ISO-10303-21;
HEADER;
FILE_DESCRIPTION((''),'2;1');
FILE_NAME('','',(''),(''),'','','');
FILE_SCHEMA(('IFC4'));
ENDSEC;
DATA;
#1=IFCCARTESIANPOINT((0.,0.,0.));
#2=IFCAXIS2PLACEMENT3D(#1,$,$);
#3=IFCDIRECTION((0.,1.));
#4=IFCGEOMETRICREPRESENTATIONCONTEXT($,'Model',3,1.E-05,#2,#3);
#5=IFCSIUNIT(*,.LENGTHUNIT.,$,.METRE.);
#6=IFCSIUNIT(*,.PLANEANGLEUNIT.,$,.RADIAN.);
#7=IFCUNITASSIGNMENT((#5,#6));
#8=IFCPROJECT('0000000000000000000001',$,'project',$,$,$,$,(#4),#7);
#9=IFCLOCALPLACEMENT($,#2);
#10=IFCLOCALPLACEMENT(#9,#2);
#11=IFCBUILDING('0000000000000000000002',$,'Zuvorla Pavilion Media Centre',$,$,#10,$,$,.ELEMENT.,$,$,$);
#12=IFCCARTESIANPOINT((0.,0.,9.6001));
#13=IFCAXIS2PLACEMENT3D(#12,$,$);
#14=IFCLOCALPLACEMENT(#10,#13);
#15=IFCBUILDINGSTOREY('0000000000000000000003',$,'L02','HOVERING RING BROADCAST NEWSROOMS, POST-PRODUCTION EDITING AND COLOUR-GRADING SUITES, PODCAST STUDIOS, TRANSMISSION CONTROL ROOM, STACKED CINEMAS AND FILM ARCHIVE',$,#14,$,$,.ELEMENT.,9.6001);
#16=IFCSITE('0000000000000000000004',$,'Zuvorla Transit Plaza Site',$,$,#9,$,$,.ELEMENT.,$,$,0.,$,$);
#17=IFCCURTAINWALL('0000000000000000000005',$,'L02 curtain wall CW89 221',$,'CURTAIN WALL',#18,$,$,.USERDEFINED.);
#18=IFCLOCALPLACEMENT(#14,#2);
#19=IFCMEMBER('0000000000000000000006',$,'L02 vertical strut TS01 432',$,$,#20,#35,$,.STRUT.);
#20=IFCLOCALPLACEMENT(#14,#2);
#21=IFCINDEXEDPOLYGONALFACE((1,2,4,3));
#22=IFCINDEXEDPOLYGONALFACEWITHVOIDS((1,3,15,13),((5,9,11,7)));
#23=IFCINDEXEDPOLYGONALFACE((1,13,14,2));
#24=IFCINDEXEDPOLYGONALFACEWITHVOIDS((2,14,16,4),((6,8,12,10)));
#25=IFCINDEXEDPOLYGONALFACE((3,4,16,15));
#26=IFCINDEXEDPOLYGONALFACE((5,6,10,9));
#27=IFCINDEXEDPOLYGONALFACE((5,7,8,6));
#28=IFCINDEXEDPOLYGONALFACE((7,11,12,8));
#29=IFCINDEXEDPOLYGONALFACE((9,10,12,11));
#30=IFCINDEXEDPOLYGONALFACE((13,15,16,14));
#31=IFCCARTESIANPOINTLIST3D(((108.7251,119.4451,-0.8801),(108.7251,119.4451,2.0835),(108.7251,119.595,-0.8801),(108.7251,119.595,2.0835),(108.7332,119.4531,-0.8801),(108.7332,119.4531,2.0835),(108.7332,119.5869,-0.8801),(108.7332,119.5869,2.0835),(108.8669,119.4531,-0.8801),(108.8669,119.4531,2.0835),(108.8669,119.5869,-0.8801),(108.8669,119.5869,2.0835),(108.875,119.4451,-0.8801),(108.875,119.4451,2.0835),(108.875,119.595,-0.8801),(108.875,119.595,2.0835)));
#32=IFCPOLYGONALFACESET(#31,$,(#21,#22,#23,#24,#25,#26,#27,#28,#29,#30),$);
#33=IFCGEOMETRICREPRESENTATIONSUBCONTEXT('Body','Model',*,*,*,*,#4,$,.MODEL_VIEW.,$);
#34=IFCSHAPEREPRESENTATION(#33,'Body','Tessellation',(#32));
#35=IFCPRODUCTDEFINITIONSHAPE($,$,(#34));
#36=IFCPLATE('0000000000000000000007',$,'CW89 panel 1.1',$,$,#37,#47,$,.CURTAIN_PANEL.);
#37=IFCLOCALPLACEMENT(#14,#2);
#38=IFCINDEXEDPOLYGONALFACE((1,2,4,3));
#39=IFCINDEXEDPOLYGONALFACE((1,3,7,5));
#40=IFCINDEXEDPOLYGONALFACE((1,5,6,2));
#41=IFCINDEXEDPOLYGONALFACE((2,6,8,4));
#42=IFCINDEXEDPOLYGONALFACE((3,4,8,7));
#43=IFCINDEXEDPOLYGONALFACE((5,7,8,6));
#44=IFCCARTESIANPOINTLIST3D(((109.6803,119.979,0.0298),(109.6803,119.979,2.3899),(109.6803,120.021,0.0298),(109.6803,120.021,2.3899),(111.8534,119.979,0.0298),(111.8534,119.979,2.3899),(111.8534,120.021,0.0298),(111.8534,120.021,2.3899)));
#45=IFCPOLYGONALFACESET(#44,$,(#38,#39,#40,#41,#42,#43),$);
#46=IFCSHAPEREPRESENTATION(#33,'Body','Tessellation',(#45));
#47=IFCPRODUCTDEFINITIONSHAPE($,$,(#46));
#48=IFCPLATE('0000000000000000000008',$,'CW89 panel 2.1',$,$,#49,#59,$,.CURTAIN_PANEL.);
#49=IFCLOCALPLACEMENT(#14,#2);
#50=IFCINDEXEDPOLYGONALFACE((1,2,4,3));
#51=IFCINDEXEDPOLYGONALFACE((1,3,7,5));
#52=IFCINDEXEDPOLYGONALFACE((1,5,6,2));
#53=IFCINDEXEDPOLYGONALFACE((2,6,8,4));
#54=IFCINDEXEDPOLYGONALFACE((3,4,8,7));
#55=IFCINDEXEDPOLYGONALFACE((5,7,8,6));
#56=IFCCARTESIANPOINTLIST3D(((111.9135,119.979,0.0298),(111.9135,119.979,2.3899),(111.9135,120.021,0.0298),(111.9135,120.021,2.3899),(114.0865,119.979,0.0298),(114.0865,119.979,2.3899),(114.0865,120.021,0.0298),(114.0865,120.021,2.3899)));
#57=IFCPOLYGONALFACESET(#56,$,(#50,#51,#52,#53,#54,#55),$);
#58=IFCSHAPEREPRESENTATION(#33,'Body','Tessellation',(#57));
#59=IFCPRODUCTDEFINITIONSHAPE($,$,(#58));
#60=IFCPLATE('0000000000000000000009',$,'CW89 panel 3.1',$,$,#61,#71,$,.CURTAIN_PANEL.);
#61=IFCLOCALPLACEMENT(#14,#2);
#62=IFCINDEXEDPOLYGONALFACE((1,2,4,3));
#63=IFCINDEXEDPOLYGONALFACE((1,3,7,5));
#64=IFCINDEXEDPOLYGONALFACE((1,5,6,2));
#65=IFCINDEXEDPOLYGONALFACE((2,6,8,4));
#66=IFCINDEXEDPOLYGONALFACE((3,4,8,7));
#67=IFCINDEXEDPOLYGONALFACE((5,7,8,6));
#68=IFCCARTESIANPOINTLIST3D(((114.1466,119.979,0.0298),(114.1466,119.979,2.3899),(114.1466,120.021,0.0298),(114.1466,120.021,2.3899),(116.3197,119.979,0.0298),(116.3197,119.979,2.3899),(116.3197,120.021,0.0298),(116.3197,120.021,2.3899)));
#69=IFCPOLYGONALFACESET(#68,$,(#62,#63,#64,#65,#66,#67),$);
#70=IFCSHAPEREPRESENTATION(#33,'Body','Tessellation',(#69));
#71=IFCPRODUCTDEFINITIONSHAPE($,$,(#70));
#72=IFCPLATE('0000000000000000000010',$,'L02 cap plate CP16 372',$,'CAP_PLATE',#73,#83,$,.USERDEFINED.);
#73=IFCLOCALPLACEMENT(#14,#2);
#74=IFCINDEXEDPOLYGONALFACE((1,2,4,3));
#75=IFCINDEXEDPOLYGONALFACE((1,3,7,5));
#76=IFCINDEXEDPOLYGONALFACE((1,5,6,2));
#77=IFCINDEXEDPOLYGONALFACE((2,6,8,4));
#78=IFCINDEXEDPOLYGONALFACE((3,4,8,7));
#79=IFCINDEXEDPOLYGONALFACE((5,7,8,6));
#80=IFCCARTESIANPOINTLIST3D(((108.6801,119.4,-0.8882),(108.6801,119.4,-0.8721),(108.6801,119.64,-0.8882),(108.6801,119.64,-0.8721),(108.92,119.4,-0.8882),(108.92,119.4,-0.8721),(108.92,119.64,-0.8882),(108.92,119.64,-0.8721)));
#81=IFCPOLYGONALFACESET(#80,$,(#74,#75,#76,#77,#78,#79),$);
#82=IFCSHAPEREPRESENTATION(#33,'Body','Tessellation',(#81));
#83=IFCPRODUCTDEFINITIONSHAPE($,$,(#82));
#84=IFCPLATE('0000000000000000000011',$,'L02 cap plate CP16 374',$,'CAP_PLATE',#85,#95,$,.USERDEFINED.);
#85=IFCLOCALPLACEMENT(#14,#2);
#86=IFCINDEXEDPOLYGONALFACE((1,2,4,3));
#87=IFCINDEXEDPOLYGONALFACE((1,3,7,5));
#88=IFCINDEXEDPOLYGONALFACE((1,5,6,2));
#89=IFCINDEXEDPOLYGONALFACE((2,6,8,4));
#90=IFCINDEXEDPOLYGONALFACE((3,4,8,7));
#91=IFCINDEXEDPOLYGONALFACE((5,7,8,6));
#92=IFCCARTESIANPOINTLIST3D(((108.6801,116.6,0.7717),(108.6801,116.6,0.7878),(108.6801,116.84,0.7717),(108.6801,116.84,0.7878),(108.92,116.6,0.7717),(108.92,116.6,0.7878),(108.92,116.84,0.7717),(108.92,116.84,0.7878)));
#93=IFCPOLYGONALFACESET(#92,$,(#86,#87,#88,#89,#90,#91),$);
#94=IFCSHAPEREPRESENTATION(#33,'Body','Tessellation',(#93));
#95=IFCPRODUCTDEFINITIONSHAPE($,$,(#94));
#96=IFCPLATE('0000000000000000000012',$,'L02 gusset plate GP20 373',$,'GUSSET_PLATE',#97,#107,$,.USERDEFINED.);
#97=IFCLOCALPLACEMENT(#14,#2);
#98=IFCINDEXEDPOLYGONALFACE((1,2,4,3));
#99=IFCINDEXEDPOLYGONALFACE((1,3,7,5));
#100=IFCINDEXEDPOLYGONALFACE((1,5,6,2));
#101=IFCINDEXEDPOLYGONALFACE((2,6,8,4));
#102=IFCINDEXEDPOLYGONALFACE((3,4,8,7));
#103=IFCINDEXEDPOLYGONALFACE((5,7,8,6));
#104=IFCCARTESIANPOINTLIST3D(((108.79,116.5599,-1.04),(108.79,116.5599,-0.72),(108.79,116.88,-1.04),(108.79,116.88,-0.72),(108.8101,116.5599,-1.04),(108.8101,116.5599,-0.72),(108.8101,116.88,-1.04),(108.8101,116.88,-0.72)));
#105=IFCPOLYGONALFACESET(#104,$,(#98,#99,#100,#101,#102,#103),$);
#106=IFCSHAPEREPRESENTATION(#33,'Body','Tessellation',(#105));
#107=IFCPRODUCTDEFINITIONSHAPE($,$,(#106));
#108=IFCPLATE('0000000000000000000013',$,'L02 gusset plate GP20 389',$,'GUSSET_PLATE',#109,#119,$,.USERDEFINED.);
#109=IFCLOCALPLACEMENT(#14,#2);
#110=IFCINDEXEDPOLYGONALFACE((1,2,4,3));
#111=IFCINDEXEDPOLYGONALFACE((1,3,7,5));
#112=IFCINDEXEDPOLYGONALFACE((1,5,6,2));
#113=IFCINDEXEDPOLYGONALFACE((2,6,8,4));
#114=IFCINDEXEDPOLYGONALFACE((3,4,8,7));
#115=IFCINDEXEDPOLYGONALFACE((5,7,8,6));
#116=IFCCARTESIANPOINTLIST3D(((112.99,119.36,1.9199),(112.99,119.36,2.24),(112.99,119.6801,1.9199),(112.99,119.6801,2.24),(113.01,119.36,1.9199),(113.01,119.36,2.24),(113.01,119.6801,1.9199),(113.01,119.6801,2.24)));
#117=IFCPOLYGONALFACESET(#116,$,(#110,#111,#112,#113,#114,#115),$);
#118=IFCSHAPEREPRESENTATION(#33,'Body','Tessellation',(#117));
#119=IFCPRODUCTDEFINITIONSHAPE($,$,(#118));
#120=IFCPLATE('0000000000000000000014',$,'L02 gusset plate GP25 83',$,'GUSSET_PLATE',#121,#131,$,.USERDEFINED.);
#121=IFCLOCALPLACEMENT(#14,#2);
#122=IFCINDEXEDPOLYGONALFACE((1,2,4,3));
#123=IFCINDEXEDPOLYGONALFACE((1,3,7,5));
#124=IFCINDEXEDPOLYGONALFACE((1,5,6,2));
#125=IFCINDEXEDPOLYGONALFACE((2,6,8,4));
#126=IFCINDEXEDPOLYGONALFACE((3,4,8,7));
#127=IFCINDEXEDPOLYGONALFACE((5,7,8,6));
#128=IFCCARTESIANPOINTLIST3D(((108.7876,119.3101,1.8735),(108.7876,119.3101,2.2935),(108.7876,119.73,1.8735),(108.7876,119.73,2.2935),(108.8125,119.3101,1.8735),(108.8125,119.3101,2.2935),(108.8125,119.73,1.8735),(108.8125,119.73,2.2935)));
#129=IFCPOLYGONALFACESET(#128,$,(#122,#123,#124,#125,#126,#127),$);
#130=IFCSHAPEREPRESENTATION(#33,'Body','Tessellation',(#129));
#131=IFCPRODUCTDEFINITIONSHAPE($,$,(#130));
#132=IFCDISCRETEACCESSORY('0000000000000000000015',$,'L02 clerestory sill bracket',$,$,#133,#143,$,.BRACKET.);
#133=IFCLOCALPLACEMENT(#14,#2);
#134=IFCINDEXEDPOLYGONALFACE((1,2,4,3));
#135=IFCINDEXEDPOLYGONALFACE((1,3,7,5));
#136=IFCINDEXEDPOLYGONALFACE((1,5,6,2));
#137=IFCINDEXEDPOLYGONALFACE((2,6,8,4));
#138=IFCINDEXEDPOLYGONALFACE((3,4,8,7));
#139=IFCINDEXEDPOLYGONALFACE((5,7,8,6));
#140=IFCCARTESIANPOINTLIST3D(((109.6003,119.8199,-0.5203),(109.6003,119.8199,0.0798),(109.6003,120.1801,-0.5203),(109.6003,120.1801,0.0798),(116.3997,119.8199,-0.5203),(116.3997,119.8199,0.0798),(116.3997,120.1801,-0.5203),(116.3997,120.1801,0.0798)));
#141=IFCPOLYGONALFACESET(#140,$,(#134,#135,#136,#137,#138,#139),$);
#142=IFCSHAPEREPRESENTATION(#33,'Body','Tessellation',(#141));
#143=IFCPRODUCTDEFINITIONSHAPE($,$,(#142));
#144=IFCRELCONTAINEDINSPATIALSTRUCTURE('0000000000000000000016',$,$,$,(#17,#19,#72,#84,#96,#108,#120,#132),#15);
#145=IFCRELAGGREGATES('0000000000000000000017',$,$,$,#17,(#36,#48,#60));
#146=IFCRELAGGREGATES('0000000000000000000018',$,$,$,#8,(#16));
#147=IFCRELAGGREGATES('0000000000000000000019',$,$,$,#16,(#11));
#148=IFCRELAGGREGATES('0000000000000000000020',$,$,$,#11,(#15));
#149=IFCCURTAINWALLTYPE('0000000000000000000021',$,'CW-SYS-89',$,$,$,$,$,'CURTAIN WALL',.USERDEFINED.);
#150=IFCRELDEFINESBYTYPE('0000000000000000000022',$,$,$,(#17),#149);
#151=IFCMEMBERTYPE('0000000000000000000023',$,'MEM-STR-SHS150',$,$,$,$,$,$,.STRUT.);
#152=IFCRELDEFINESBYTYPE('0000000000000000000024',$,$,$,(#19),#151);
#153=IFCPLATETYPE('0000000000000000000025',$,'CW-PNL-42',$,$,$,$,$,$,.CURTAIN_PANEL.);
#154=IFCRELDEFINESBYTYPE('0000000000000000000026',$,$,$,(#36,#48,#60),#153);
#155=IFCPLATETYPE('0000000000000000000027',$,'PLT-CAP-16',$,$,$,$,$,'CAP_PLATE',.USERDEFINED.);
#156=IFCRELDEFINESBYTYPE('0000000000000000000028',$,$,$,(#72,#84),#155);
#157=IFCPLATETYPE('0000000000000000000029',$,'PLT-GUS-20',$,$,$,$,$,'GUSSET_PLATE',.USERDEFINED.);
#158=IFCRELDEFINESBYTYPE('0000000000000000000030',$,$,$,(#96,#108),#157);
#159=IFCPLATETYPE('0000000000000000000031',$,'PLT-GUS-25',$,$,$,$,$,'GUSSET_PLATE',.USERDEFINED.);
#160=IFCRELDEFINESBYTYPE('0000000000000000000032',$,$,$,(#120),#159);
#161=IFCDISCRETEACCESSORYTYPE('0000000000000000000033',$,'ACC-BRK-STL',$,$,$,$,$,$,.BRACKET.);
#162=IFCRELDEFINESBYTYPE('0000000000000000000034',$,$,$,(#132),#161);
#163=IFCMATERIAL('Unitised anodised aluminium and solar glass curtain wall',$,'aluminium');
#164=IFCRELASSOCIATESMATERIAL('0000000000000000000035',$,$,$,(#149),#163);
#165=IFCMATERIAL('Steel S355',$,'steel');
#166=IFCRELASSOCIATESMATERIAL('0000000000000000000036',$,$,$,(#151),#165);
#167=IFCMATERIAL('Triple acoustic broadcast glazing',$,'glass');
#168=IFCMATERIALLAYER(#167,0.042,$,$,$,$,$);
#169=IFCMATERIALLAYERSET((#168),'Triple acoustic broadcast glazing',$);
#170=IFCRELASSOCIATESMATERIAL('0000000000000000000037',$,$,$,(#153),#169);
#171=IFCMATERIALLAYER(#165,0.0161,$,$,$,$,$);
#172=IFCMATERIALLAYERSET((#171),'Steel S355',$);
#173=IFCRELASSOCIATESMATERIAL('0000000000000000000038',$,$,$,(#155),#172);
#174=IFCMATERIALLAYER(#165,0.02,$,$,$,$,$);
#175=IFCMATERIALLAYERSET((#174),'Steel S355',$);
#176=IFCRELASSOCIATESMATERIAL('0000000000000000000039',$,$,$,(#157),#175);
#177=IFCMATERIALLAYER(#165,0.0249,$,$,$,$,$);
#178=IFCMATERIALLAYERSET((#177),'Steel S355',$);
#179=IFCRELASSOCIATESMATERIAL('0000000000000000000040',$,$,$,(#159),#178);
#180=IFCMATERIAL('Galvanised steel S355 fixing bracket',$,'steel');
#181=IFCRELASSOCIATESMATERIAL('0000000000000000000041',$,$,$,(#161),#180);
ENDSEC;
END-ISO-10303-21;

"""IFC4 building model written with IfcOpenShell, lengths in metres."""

from ifc_helpers import new_model, si_unit, direction, frame, origin, origin_2d, place, context, subcontext, project, spatial, rectangle, hollow_rectangle, extrude, material, layer, layer_set, material_profile, profile_set, type_object, element, aggregate, save


model = new_model("IFC4")

# Units and contexts
model_context = context("Model", 3, precision=1e-05, world=origin(), true_north=direction((0.0, 1.0)))
body_context = subcontext(model_context, "Body", "Model", "MODEL_VIEW")
ifc_project = project(units=[si_unit("LENGTHUNIT", "METRE"), si_unit("PLANEANGLEUNIT", "RADIAN")], contexts=[model_context])

# Site, building, storey
site_placement = place(None, origin())
site = spatial("IfcSite", under=ifc_project, at=site_placement, Name="Zuvorla Transit Plaza Site", CompositionType="ELEMENT", RefElevation=0.0)
building_placement = place(site_placement, origin())
building = spatial("IfcBuilding", under=site, at=building_placement, Name="Zuvorla Pavilion Media Centre", CompositionType="ELEMENT")
storey_placement = place(building_placement, frame((0.0, 0.0, 9.6001)))
storey = spatial("IfcBuildingStorey", under=building, at=storey_placement, Name="L02", Description="HOVERING RING BROADCAST NEWSROOMS, POST-PRODUCTION EDITING AND COLOUR-GRADING SUITES, PODCAST STUDIOS, TRANSMISSION CONTROL ROOM, STACKED CINEMAS AND FILM ARCHIVE", CompositionType="ELEMENT", Elevation=9.6001)

# Shared definitions
ifc_material_1 = material(Name="Steel S355", Category="steel")

# Shared definitions
ifc_material_2 = material(Name="Unitised anodised aluminium and solar glass curtain wall", Category="aluminium")
curtain_wall_type = type_object("IfcCurtainWallType", Name="CW-SYS-89", ElementType="CURTAIN WALL", PredefinedType="USERDEFINED", material=ifc_material_2)

# Curtain wall
curtain_wall_1_placement = place(storey_placement, origin())
curtain_wall_1 = element("IfcCurtainWall", 1, at=curtain_wall_1_placement, inside=storey, type_object=curtain_wall_type, Name="L02 curtain wall CW89 221", ObjectType="CURTAIN WALL", PredefinedType="USERDEFINED")

# Member
ifc_material_profile_1 = material_profile(ifc_material_1, hollow_rectangle(XDim=0.1499, YDim=0.1499, WallThickness=0.0081, at=origin_2d()), Name="SHS 150x150x8")
ifc_profile_set_1 = profile_set([ifc_material_profile_1], Name="Steel S355")
member_type_1 = type_object("IfcMemberType", Name="MEM-STR-SHS150", PredefinedType="STRUT", material=ifc_profile_set_1)
member_1_placement = place(storey_placement, frame((108.8, 119.52, -0.8801), z_axis=(0.0, 0.0, 1.0), x_axis=(1.0, 0.0, 0.0)))
element("IfcMember", 2, at=member_1_placement, inside=storey, type_object=member_type_1, Name="L02 vertical strut TS01 432", PredefinedType="STRUT", context=body_context, shape_type="SweptSolid", body=[
    extrude(hollow_rectangle(XDim=0.1499, YDim=0.1499, WallThickness=0.0081, at=origin_2d()), origin(), (0.0, 0.0, 1.0), 2.9636),
])

# Plates
ifc_material_3 = material(Name="Triple acoustic broadcast glazing", Category="glass")
ifc_layer_1 = layer(ifc_material_3, 0.042)
ifc_layer_set_1 = layer_set([ifc_layer_1], Name="Triple acoustic broadcast glazing")
plate_type_1 = type_object("IfcPlateType", Name="CW-PNL-42", PredefinedType="CURTAIN_PANEL", material=ifc_layer_set_1)
plate_1_placement = place(storey_placement, frame((110.7668, 120.0, 0.0298), z_axis=(0.0, 0.0, 1.0), x_axis=(1.0, 0.0, 0.0)))
plate_1 = element("IfcPlate", 3, at=plate_1_placement, type_object=plate_type_1, Name="CW89 panel 1.1", PredefinedType="CURTAIN_PANEL", context=body_context, shape_type="SweptSolid", body=[
    extrude(rectangle(XDim=2.1731, YDim=0.042, at=origin_2d()), origin(), (0.0, 0.0, 1.0), 2.3601),
])
plate_2_placement = place(storey_placement, frame((113.0, 120.0, 0.0298), z_axis=(0.0, 0.0, 1.0), x_axis=(1.0, 0.0, 0.0)))
plate_2 = element("IfcPlate", 4, at=plate_2_placement, type_object=plate_type_1, Name="CW89 panel 2.1", PredefinedType="CURTAIN_PANEL", context=body_context, shape_type="SweptSolid", body=[
    extrude(rectangle(XDim=2.1731, YDim=0.042, at=origin_2d()), origin(), (0.0, 0.0, 1.0), 2.3601),
])
plate_3_placement = place(storey_placement, frame((115.2332, 120.0, 0.0298), z_axis=(0.0, 0.0, 1.0), x_axis=(1.0, 0.0, 0.0)))
plate_3 = element("IfcPlate", 5, at=plate_3_placement, type_object=plate_type_1, Name="CW89 panel 3.1", PredefinedType="CURTAIN_PANEL", context=body_context, shape_type="SweptSolid", body=[
    extrude(rectangle(XDim=2.1731, YDim=0.042, at=origin_2d()), origin(), (0.0, 0.0, 1.0), 2.3601),
])
aggregate(curtain_wall_1, [plate_1, plate_2, plate_3])

# Plates
ifc_layer_2 = layer(ifc_material_1, 0.0161)
ifc_layer_set_2 = layer_set([ifc_layer_2], Name="Steel S355")
plate_type_2 = type_object("IfcPlateType", Name="PLT-CAP-16", ElementType="CAP_PLATE", PredefinedType="USERDEFINED", material=ifc_layer_set_2)
for number, where, z_axis, x_axis, name in (
    (6, (108.8, 119.52, -0.8882), (0.0, 0.0, 1.0), (1.0, 0.0, 0.0), "L02 cap plate CP16 372"),
    (7, (108.8, 116.72, 0.7717), (0.0, 0.0, 1.0), (1.0, 0.0, 0.0), "L02 cap plate CP16 374"),
):
    element("IfcPlate", number, at=place(storey_placement, frame(where, z_axis=z_axis, x_axis=x_axis)), inside=storey, type_object=plate_type_2, Name=name, ObjectType="CAP_PLATE", PredefinedType="USERDEFINED", context=body_context, shape_type="SweptSolid", body=[
        extrude(rectangle(XDim=0.24, YDim=0.24, at=origin_2d()), origin(), (0.0, 0.0, 1.0), 0.0161),
    ])
ifc_layer_3 = layer(ifc_material_1, 0.02)
ifc_layer_set_3 = layer_set([ifc_layer_3], Name="Steel S355")
plate_type_3 = type_object("IfcPlateType", Name="PLT-GUS-20", ElementType="GUSSET_PLATE", PredefinedType="USERDEFINED", material=ifc_layer_set_3)
for number, where, z_axis, x_axis, name in (
    (8, (108.8, 116.72, -1.04), (0.0, 0.0, 1.0), (1.0, 0.0, 0.0), "L02 gusset plate GP20 373"),
    (9, (113.0, 119.52, 1.9199), (0.0, 0.0, 1.0), (1.0, 0.0, 0.0), "L02 gusset plate GP20 389"),
):
    element("IfcPlate", number, at=place(storey_placement, frame(where, z_axis=z_axis, x_axis=x_axis)), inside=storey, type_object=plate_type_3, Name=name, ObjectType="GUSSET_PLATE", PredefinedType="USERDEFINED", context=body_context, shape_type="SweptSolid", body=[
        extrude(rectangle(XDim=0.02, YDim=0.3201, at=origin_2d()), origin(), (0.0, 0.0, 1.0), 0.3201),
    ])
ifc_layer_4 = layer(ifc_material_1, 0.0249)
ifc_layer_set_4 = layer_set([ifc_layer_4], Name="Steel S355")
plate_type_4 = type_object("IfcPlateType", Name="PLT-GUS-25", ElementType="GUSSET_PLATE", PredefinedType="USERDEFINED", material=ifc_layer_set_4)
plate_4_placement = place(storey_placement, frame((108.8, 119.52, 1.8735), z_axis=(0.0, 0.0, 1.0), x_axis=(1.0, 0.0, 0.0)))
element("IfcPlate", 10, at=plate_4_placement, inside=storey, type_object=plate_type_4, Name="L02 gusset plate GP25 83", ObjectType="GUSSET_PLATE", PredefinedType="USERDEFINED", context=body_context, shape_type="SweptSolid", body=[
    extrude(rectangle(XDim=0.0249, YDim=0.4199, at=origin_2d()), origin(), (0.0, 0.0, 1.0), 0.4199),
])

# Discrete accessory
ifc_material_4 = material(Name="Galvanised steel S355 fixing bracket", Category="steel")
discrete_accessory_type = type_object("IfcDiscreteAccessoryType", Name="ACC-BRK-STL", PredefinedType="BRACKET", material=ifc_material_4)
discrete_accessory_placement = place(storey_placement, frame((113.0, 120.0, -0.5203), z_axis=(0.0, 0.0, 1.0), x_axis=(1.0, 0.0, 0.0)))
element("IfcDiscreteAccessory", 11, at=discrete_accessory_placement, inside=storey, type_object=discrete_accessory_type, Name="L02 clerestory sill bracket", PredefinedType="BRACKET", context=body_context, shape_type="SweptSolid", body=[
    extrude(rectangle(XDim=6.7993, YDim=0.3601, at=origin_2d()), origin(), (0.0, 0.0, 1.0), 0.6001),
])

save(model, "model.ifc")
